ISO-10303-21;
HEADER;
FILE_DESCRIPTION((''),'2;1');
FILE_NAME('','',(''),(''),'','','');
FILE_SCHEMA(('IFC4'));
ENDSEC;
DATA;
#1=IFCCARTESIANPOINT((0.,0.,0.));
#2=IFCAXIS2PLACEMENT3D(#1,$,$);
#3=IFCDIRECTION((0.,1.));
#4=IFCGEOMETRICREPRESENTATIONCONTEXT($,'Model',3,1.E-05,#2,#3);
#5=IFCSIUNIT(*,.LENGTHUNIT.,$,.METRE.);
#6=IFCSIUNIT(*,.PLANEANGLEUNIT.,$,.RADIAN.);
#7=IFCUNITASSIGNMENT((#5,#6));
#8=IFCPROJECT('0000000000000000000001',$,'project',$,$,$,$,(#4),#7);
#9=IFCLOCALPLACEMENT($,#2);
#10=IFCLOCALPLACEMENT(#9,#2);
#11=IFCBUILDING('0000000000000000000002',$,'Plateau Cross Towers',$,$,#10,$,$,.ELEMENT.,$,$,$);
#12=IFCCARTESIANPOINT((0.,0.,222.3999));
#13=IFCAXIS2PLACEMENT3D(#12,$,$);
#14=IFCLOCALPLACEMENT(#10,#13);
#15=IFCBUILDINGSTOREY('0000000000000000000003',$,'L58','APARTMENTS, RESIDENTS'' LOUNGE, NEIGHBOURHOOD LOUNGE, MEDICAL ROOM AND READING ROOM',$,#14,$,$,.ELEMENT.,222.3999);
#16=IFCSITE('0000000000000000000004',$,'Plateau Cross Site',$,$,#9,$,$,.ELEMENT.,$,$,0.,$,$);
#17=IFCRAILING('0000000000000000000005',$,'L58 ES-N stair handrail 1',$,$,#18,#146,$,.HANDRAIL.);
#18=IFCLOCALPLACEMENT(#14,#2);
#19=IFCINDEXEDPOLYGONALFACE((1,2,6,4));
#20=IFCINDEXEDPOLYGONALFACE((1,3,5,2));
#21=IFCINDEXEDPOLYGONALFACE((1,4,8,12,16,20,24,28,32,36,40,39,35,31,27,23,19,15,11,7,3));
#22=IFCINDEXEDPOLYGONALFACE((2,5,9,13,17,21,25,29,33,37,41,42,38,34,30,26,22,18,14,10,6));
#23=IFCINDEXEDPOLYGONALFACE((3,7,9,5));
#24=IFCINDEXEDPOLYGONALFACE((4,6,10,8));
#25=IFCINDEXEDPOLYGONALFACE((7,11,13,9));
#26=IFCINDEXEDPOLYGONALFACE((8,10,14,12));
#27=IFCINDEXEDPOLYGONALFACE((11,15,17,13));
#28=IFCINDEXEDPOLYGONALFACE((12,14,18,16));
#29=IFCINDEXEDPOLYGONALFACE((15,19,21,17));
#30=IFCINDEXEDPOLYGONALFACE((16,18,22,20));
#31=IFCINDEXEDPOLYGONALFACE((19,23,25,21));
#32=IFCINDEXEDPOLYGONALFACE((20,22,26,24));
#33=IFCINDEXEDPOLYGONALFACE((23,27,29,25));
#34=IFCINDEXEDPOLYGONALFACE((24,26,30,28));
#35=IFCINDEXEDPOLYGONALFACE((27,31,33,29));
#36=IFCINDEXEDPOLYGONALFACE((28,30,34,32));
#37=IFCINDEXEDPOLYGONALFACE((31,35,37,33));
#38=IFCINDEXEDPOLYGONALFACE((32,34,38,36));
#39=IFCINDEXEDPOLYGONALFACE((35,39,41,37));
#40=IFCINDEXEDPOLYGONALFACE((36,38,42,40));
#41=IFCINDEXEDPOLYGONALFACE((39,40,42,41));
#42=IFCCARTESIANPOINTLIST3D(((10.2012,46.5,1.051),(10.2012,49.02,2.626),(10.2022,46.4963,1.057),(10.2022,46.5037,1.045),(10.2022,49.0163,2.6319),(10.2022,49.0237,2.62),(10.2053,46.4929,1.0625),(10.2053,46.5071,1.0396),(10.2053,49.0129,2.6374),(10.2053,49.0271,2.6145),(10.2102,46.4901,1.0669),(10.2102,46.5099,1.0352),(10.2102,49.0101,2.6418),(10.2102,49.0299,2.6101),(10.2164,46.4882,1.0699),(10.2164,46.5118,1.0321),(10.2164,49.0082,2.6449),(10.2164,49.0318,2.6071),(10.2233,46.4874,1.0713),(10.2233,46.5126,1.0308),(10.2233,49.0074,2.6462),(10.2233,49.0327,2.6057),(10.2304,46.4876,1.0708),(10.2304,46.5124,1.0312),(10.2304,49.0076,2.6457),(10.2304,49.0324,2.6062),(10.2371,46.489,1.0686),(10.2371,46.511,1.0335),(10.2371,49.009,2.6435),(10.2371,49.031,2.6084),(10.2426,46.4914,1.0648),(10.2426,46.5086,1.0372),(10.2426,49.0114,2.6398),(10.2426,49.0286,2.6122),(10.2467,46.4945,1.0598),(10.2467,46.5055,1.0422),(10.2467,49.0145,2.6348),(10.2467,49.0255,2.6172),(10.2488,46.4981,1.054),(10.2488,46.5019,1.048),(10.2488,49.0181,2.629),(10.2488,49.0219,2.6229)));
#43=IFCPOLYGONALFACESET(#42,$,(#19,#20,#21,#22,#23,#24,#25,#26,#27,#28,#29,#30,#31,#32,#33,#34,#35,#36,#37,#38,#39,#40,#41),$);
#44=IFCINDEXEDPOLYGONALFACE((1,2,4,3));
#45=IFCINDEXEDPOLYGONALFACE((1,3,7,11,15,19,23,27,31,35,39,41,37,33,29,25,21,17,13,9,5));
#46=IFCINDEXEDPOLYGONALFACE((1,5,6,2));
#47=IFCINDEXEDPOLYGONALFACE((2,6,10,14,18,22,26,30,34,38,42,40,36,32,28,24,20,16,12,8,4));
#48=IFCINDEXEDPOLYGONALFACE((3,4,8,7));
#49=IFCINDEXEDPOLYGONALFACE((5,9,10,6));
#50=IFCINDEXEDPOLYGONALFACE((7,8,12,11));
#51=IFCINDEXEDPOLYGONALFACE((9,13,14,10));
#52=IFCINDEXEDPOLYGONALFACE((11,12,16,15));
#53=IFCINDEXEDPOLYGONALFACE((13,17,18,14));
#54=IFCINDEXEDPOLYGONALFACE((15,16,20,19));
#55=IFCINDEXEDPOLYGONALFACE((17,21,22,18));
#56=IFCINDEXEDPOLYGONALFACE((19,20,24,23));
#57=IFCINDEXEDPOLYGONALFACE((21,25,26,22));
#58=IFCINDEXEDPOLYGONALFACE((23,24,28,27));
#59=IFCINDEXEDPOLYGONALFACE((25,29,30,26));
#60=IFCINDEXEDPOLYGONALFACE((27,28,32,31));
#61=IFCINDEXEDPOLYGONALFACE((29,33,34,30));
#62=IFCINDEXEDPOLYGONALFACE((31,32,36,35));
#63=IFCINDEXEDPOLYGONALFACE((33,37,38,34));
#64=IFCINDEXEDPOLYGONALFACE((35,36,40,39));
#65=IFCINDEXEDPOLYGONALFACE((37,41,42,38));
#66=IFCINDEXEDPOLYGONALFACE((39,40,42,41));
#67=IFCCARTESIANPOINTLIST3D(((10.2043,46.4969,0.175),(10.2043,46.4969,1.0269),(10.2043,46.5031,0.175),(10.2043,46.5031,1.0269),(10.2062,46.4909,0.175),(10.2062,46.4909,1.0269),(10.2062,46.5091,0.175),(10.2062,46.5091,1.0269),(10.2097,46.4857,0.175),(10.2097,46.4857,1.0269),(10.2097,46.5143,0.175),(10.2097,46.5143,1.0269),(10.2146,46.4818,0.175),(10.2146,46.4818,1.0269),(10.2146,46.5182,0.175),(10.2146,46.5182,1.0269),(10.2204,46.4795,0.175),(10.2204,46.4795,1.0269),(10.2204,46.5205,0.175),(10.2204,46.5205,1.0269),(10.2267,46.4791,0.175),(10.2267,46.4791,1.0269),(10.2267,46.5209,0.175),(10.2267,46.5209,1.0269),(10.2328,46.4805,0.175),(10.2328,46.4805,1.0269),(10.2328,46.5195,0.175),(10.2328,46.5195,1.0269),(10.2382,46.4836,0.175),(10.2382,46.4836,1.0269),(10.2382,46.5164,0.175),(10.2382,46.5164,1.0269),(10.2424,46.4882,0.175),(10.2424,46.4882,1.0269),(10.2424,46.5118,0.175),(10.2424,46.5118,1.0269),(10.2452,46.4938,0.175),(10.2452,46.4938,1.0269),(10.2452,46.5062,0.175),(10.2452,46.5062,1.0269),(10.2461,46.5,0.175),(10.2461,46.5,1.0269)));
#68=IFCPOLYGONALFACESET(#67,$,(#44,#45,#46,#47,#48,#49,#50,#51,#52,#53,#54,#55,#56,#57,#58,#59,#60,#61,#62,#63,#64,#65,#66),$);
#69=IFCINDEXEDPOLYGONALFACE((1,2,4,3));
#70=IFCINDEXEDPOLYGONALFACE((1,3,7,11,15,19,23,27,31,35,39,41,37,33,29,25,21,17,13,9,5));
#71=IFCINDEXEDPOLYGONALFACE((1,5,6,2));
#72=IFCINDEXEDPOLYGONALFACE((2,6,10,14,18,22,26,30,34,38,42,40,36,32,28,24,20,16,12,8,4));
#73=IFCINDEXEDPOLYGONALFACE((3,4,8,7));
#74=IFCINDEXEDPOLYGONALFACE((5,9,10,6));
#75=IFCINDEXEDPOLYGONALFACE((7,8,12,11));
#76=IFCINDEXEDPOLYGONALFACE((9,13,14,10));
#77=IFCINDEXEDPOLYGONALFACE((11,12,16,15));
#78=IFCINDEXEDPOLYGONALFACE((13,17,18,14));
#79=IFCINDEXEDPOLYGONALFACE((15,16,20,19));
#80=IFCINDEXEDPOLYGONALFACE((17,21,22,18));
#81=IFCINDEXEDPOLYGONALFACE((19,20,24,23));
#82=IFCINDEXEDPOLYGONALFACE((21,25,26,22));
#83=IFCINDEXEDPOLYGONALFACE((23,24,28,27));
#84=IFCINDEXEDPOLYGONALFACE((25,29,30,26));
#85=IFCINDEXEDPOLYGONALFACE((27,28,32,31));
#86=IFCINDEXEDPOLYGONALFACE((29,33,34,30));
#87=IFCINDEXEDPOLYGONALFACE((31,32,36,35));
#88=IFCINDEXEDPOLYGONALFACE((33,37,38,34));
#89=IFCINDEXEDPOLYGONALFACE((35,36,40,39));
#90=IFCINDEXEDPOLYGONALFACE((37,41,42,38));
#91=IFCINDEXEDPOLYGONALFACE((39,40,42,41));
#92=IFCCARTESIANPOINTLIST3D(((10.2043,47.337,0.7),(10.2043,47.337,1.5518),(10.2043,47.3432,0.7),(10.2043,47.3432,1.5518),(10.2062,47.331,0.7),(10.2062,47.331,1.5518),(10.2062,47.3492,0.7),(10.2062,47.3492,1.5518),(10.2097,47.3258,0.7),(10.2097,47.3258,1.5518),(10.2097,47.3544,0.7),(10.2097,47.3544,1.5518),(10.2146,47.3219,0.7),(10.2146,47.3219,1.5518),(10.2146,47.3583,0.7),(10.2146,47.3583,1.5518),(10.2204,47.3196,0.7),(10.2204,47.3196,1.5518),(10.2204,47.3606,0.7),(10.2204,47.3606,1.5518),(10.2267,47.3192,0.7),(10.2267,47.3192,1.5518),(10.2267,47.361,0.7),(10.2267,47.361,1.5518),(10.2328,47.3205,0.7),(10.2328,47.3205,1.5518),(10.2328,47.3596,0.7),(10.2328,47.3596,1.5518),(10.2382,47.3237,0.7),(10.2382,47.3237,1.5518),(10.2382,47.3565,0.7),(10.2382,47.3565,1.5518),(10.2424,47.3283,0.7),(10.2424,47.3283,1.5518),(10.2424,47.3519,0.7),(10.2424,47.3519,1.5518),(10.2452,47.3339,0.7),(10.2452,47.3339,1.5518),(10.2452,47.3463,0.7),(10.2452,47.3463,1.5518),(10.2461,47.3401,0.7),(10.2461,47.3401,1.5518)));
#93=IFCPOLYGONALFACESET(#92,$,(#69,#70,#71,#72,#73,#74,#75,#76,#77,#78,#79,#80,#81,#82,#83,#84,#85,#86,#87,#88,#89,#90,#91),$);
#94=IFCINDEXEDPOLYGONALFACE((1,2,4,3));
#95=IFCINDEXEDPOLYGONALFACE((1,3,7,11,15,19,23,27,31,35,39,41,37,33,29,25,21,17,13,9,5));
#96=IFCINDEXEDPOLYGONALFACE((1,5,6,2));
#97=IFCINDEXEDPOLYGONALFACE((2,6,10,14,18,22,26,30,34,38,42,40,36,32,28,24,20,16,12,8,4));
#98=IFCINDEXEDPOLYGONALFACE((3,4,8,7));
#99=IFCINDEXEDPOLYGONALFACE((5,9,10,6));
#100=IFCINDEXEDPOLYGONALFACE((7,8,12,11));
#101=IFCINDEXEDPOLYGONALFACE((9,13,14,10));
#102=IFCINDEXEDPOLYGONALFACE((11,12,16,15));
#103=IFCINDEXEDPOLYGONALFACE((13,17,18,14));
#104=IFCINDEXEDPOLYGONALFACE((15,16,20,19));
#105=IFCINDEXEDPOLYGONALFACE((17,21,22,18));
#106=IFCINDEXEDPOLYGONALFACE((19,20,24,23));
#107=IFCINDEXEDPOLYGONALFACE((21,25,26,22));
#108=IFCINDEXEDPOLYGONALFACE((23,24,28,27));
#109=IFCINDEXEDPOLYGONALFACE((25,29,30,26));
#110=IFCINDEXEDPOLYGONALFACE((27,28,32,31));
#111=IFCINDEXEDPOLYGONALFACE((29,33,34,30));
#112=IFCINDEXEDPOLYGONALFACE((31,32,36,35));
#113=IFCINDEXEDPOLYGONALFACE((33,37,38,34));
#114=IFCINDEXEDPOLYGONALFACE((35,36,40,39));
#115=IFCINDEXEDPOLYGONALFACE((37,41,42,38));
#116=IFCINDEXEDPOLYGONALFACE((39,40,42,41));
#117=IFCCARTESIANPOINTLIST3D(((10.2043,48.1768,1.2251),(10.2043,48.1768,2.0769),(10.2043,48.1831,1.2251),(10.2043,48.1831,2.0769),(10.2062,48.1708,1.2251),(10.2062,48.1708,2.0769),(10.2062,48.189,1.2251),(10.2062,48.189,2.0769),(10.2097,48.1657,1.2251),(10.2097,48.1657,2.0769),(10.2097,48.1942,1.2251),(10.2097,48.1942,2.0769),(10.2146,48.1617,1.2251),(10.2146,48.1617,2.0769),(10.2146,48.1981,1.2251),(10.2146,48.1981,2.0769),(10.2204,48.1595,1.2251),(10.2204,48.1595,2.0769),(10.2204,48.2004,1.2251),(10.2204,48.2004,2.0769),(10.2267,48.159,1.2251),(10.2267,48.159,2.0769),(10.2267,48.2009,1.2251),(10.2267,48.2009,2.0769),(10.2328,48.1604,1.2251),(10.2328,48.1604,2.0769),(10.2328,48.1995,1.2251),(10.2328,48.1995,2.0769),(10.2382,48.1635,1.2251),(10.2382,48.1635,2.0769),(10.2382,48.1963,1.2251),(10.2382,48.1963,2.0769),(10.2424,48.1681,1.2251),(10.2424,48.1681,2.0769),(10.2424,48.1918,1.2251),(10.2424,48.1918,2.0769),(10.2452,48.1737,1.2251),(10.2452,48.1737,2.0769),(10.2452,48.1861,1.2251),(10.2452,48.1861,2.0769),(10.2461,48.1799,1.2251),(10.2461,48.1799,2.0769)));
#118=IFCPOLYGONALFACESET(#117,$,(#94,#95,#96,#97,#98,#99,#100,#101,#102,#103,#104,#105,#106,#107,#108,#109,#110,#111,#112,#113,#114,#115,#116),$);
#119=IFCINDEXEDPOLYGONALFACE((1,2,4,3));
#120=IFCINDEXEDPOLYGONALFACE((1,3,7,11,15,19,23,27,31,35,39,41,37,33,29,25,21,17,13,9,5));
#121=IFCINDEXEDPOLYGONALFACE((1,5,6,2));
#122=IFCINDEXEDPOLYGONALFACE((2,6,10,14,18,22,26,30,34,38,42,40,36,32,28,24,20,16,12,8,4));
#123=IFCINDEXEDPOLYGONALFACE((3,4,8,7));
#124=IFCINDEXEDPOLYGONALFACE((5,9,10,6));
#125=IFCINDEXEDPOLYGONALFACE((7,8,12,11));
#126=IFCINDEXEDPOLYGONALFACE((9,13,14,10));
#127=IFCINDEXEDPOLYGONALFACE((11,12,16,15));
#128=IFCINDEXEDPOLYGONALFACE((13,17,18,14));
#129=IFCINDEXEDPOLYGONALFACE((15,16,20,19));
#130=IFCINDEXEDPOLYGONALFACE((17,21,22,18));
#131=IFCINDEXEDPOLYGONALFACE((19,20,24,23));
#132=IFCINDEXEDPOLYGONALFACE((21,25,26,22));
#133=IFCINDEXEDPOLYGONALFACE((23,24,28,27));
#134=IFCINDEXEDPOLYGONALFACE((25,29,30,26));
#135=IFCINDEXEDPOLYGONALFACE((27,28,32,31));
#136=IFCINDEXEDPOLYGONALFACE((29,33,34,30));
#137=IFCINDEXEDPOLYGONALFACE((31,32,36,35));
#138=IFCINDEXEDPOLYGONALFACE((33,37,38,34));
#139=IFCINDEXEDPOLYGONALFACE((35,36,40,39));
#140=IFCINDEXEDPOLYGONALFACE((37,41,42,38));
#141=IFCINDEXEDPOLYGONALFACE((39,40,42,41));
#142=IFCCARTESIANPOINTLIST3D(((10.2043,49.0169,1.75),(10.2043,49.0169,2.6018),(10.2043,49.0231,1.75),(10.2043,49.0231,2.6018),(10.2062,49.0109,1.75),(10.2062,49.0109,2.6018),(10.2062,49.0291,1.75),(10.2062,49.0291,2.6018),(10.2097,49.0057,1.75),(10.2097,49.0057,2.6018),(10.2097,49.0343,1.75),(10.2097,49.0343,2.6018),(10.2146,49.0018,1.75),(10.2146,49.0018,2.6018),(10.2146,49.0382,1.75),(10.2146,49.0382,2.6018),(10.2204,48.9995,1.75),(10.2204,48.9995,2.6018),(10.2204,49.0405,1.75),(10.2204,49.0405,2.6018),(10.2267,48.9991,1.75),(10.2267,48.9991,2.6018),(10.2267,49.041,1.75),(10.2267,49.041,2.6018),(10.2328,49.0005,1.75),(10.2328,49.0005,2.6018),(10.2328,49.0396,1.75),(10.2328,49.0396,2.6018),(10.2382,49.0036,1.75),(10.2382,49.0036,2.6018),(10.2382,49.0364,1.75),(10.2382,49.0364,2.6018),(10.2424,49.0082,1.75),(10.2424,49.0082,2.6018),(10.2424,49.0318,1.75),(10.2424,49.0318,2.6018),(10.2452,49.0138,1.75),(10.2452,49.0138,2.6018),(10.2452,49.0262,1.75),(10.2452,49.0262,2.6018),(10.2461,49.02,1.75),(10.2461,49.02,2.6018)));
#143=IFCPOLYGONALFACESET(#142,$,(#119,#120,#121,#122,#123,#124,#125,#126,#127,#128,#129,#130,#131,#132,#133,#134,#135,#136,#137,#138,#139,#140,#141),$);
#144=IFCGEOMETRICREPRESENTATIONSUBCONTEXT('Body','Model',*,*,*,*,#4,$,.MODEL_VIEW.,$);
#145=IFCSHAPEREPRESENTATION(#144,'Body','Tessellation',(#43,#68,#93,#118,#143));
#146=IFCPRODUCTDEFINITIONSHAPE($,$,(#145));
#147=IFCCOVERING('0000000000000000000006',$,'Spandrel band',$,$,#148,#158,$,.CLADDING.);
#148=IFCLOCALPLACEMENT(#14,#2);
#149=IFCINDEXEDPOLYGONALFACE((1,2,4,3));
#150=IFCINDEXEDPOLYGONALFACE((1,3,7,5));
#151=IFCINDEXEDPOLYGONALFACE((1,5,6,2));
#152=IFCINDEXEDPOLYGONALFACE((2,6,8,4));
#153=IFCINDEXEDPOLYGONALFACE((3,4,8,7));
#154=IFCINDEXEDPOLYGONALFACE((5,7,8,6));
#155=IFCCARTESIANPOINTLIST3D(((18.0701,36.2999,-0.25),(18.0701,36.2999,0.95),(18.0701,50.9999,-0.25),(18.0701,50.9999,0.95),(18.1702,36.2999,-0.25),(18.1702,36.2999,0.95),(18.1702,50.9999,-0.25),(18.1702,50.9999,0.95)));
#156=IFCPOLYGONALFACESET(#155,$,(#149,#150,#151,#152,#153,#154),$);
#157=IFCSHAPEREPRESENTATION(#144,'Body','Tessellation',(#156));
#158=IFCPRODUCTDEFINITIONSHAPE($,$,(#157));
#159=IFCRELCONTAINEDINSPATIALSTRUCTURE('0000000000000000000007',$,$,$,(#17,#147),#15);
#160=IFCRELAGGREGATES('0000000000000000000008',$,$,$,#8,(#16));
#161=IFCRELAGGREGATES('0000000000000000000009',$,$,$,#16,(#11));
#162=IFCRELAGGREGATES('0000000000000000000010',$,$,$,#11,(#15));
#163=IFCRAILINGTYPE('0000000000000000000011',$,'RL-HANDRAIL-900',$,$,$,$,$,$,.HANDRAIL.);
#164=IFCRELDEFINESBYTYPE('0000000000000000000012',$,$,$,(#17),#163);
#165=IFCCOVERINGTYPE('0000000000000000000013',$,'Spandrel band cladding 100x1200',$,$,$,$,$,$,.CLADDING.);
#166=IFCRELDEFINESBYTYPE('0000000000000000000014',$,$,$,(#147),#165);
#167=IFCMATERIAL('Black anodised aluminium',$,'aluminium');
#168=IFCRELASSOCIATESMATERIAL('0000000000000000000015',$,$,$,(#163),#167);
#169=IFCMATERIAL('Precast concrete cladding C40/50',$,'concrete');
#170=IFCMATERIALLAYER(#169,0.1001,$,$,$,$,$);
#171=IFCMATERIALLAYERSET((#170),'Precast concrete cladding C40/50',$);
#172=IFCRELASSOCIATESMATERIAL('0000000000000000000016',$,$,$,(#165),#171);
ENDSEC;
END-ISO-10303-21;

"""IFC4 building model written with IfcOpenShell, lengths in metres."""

from ifc_helpers import new_model, si_unit, direction, frame, origin, origin_2d, place, context, subcontext, project, spatial, rectangle, circle, extrude, material, layer, layer_set, type_object, element, save


model = new_model("IFC4")

# Units and contexts
model_context = context("Model", 3, precision=1e-05, world=origin(), true_north=direction((0.0, 1.0)))
body_context = subcontext(model_context, "Body", "Model", "MODEL_VIEW")
ifc_project = project(units=[si_unit("LENGTHUNIT", "METRE"), si_unit("PLANEANGLEUNIT", "RADIAN")], contexts=[model_context])

# Site, building, storey
site_placement = place(None, origin())
site = spatial("IfcSite", under=ifc_project, at=site_placement, Name="Plateau Cross Site", CompositionType="ELEMENT", RefElevation=0.0)
building_placement = place(site_placement, origin())
building = spatial("IfcBuilding", under=site, at=building_placement, Name="Plateau Cross Towers", CompositionType="ELEMENT")
storey_placement = place(building_placement, frame((0.0, 0.0, 222.3999)))
storey = spatial("IfcBuildingStorey", under=building, at=storey_placement, Name="L58", Description="APARTMENTS, RESIDENTS' LOUNGE, NEIGHBOURHOOD LOUNGE, MEDICAL ROOM AND READING ROOM", CompositionType="ELEMENT", Elevation=222.3999)

# Shared definitions
ifc_material_1 = material(Name="Black anodised aluminium", Category="aluminium")

# Railing
railing_type_1 = type_object("IfcRailingType", Name="RL-HANDRAIL-900", PredefinedType="HANDRAIL", material=ifc_material_1)
railing_1_placement = place(storey_placement, frame((10.2251, 46.5, 0.175)))
element("IfcRailing", 1, at=railing_1_placement, inside=storey, type_object=railing_type_1, Name="L58 ES-N stair handrail 1", PredefinedType="HANDRAIL", context=body_context, shape_type="SweptSolid", body=[
    extrude(circle(Radius=0.0239, at=origin_2d()), frame((0.0, 0.0, 0.876), z_axis=(0.0, 0.848008, 0.529984), x_axis=(-1.0, 0.0, 0.0)), (0.0, 0.0, 1.0), 2.9717),
    extrude(circle(Radius=0.021, at=origin_2d()), origin(), (0.0, 0.0, 1.0), 0.8518),
    extrude(circle(Radius=0.021, at=origin_2d()), frame((0.0, 0.8401, 0.5249)), (0.0, 0.0, 1.0), 0.8518),
    extrude(circle(Radius=0.021, at=origin_2d()), frame((0.0, 1.6799, 1.05)), (0.0, 0.0, 1.0), 0.8518),
    extrude(circle(Radius=0.021, at=origin_2d()), frame((0.0, 2.52, 1.575)), (0.0, 0.0, 1.0), 0.8518),
])

# Covering
ifc_material_2 = material(Name="Precast concrete cladding C40/50", Category="concrete")
ifc_layer_1 = layer(ifc_material_2, 0.1001)
ifc_layer_set_1 = layer_set([ifc_layer_1], Name="Precast concrete cladding C40/50")
covering_type = type_object("IfcCoveringType", Name="Spandrel band cladding 100x1200", PredefinedType="CLADDING", material=ifc_layer_set_1)
covering_placement = place(storey_placement, frame((18.1201, 43.6499, -0.25), z_axis=(0.0, 0.0, 1.0), x_axis=(0.0, 1.0, 0.0)))
element("IfcCovering", 2, at=covering_placement, inside=storey, type_object=covering_type, Name="Spandrel band", PredefinedType="CLADDING", context=body_context, shape_type="SweptSolid", body=[
    extrude(rectangle(XDim=14.7, YDim=0.1001, at=origin_2d()), origin(), (0.0, 0.0, 1.0), 1.2),
])

save(model, "model.ifc")
